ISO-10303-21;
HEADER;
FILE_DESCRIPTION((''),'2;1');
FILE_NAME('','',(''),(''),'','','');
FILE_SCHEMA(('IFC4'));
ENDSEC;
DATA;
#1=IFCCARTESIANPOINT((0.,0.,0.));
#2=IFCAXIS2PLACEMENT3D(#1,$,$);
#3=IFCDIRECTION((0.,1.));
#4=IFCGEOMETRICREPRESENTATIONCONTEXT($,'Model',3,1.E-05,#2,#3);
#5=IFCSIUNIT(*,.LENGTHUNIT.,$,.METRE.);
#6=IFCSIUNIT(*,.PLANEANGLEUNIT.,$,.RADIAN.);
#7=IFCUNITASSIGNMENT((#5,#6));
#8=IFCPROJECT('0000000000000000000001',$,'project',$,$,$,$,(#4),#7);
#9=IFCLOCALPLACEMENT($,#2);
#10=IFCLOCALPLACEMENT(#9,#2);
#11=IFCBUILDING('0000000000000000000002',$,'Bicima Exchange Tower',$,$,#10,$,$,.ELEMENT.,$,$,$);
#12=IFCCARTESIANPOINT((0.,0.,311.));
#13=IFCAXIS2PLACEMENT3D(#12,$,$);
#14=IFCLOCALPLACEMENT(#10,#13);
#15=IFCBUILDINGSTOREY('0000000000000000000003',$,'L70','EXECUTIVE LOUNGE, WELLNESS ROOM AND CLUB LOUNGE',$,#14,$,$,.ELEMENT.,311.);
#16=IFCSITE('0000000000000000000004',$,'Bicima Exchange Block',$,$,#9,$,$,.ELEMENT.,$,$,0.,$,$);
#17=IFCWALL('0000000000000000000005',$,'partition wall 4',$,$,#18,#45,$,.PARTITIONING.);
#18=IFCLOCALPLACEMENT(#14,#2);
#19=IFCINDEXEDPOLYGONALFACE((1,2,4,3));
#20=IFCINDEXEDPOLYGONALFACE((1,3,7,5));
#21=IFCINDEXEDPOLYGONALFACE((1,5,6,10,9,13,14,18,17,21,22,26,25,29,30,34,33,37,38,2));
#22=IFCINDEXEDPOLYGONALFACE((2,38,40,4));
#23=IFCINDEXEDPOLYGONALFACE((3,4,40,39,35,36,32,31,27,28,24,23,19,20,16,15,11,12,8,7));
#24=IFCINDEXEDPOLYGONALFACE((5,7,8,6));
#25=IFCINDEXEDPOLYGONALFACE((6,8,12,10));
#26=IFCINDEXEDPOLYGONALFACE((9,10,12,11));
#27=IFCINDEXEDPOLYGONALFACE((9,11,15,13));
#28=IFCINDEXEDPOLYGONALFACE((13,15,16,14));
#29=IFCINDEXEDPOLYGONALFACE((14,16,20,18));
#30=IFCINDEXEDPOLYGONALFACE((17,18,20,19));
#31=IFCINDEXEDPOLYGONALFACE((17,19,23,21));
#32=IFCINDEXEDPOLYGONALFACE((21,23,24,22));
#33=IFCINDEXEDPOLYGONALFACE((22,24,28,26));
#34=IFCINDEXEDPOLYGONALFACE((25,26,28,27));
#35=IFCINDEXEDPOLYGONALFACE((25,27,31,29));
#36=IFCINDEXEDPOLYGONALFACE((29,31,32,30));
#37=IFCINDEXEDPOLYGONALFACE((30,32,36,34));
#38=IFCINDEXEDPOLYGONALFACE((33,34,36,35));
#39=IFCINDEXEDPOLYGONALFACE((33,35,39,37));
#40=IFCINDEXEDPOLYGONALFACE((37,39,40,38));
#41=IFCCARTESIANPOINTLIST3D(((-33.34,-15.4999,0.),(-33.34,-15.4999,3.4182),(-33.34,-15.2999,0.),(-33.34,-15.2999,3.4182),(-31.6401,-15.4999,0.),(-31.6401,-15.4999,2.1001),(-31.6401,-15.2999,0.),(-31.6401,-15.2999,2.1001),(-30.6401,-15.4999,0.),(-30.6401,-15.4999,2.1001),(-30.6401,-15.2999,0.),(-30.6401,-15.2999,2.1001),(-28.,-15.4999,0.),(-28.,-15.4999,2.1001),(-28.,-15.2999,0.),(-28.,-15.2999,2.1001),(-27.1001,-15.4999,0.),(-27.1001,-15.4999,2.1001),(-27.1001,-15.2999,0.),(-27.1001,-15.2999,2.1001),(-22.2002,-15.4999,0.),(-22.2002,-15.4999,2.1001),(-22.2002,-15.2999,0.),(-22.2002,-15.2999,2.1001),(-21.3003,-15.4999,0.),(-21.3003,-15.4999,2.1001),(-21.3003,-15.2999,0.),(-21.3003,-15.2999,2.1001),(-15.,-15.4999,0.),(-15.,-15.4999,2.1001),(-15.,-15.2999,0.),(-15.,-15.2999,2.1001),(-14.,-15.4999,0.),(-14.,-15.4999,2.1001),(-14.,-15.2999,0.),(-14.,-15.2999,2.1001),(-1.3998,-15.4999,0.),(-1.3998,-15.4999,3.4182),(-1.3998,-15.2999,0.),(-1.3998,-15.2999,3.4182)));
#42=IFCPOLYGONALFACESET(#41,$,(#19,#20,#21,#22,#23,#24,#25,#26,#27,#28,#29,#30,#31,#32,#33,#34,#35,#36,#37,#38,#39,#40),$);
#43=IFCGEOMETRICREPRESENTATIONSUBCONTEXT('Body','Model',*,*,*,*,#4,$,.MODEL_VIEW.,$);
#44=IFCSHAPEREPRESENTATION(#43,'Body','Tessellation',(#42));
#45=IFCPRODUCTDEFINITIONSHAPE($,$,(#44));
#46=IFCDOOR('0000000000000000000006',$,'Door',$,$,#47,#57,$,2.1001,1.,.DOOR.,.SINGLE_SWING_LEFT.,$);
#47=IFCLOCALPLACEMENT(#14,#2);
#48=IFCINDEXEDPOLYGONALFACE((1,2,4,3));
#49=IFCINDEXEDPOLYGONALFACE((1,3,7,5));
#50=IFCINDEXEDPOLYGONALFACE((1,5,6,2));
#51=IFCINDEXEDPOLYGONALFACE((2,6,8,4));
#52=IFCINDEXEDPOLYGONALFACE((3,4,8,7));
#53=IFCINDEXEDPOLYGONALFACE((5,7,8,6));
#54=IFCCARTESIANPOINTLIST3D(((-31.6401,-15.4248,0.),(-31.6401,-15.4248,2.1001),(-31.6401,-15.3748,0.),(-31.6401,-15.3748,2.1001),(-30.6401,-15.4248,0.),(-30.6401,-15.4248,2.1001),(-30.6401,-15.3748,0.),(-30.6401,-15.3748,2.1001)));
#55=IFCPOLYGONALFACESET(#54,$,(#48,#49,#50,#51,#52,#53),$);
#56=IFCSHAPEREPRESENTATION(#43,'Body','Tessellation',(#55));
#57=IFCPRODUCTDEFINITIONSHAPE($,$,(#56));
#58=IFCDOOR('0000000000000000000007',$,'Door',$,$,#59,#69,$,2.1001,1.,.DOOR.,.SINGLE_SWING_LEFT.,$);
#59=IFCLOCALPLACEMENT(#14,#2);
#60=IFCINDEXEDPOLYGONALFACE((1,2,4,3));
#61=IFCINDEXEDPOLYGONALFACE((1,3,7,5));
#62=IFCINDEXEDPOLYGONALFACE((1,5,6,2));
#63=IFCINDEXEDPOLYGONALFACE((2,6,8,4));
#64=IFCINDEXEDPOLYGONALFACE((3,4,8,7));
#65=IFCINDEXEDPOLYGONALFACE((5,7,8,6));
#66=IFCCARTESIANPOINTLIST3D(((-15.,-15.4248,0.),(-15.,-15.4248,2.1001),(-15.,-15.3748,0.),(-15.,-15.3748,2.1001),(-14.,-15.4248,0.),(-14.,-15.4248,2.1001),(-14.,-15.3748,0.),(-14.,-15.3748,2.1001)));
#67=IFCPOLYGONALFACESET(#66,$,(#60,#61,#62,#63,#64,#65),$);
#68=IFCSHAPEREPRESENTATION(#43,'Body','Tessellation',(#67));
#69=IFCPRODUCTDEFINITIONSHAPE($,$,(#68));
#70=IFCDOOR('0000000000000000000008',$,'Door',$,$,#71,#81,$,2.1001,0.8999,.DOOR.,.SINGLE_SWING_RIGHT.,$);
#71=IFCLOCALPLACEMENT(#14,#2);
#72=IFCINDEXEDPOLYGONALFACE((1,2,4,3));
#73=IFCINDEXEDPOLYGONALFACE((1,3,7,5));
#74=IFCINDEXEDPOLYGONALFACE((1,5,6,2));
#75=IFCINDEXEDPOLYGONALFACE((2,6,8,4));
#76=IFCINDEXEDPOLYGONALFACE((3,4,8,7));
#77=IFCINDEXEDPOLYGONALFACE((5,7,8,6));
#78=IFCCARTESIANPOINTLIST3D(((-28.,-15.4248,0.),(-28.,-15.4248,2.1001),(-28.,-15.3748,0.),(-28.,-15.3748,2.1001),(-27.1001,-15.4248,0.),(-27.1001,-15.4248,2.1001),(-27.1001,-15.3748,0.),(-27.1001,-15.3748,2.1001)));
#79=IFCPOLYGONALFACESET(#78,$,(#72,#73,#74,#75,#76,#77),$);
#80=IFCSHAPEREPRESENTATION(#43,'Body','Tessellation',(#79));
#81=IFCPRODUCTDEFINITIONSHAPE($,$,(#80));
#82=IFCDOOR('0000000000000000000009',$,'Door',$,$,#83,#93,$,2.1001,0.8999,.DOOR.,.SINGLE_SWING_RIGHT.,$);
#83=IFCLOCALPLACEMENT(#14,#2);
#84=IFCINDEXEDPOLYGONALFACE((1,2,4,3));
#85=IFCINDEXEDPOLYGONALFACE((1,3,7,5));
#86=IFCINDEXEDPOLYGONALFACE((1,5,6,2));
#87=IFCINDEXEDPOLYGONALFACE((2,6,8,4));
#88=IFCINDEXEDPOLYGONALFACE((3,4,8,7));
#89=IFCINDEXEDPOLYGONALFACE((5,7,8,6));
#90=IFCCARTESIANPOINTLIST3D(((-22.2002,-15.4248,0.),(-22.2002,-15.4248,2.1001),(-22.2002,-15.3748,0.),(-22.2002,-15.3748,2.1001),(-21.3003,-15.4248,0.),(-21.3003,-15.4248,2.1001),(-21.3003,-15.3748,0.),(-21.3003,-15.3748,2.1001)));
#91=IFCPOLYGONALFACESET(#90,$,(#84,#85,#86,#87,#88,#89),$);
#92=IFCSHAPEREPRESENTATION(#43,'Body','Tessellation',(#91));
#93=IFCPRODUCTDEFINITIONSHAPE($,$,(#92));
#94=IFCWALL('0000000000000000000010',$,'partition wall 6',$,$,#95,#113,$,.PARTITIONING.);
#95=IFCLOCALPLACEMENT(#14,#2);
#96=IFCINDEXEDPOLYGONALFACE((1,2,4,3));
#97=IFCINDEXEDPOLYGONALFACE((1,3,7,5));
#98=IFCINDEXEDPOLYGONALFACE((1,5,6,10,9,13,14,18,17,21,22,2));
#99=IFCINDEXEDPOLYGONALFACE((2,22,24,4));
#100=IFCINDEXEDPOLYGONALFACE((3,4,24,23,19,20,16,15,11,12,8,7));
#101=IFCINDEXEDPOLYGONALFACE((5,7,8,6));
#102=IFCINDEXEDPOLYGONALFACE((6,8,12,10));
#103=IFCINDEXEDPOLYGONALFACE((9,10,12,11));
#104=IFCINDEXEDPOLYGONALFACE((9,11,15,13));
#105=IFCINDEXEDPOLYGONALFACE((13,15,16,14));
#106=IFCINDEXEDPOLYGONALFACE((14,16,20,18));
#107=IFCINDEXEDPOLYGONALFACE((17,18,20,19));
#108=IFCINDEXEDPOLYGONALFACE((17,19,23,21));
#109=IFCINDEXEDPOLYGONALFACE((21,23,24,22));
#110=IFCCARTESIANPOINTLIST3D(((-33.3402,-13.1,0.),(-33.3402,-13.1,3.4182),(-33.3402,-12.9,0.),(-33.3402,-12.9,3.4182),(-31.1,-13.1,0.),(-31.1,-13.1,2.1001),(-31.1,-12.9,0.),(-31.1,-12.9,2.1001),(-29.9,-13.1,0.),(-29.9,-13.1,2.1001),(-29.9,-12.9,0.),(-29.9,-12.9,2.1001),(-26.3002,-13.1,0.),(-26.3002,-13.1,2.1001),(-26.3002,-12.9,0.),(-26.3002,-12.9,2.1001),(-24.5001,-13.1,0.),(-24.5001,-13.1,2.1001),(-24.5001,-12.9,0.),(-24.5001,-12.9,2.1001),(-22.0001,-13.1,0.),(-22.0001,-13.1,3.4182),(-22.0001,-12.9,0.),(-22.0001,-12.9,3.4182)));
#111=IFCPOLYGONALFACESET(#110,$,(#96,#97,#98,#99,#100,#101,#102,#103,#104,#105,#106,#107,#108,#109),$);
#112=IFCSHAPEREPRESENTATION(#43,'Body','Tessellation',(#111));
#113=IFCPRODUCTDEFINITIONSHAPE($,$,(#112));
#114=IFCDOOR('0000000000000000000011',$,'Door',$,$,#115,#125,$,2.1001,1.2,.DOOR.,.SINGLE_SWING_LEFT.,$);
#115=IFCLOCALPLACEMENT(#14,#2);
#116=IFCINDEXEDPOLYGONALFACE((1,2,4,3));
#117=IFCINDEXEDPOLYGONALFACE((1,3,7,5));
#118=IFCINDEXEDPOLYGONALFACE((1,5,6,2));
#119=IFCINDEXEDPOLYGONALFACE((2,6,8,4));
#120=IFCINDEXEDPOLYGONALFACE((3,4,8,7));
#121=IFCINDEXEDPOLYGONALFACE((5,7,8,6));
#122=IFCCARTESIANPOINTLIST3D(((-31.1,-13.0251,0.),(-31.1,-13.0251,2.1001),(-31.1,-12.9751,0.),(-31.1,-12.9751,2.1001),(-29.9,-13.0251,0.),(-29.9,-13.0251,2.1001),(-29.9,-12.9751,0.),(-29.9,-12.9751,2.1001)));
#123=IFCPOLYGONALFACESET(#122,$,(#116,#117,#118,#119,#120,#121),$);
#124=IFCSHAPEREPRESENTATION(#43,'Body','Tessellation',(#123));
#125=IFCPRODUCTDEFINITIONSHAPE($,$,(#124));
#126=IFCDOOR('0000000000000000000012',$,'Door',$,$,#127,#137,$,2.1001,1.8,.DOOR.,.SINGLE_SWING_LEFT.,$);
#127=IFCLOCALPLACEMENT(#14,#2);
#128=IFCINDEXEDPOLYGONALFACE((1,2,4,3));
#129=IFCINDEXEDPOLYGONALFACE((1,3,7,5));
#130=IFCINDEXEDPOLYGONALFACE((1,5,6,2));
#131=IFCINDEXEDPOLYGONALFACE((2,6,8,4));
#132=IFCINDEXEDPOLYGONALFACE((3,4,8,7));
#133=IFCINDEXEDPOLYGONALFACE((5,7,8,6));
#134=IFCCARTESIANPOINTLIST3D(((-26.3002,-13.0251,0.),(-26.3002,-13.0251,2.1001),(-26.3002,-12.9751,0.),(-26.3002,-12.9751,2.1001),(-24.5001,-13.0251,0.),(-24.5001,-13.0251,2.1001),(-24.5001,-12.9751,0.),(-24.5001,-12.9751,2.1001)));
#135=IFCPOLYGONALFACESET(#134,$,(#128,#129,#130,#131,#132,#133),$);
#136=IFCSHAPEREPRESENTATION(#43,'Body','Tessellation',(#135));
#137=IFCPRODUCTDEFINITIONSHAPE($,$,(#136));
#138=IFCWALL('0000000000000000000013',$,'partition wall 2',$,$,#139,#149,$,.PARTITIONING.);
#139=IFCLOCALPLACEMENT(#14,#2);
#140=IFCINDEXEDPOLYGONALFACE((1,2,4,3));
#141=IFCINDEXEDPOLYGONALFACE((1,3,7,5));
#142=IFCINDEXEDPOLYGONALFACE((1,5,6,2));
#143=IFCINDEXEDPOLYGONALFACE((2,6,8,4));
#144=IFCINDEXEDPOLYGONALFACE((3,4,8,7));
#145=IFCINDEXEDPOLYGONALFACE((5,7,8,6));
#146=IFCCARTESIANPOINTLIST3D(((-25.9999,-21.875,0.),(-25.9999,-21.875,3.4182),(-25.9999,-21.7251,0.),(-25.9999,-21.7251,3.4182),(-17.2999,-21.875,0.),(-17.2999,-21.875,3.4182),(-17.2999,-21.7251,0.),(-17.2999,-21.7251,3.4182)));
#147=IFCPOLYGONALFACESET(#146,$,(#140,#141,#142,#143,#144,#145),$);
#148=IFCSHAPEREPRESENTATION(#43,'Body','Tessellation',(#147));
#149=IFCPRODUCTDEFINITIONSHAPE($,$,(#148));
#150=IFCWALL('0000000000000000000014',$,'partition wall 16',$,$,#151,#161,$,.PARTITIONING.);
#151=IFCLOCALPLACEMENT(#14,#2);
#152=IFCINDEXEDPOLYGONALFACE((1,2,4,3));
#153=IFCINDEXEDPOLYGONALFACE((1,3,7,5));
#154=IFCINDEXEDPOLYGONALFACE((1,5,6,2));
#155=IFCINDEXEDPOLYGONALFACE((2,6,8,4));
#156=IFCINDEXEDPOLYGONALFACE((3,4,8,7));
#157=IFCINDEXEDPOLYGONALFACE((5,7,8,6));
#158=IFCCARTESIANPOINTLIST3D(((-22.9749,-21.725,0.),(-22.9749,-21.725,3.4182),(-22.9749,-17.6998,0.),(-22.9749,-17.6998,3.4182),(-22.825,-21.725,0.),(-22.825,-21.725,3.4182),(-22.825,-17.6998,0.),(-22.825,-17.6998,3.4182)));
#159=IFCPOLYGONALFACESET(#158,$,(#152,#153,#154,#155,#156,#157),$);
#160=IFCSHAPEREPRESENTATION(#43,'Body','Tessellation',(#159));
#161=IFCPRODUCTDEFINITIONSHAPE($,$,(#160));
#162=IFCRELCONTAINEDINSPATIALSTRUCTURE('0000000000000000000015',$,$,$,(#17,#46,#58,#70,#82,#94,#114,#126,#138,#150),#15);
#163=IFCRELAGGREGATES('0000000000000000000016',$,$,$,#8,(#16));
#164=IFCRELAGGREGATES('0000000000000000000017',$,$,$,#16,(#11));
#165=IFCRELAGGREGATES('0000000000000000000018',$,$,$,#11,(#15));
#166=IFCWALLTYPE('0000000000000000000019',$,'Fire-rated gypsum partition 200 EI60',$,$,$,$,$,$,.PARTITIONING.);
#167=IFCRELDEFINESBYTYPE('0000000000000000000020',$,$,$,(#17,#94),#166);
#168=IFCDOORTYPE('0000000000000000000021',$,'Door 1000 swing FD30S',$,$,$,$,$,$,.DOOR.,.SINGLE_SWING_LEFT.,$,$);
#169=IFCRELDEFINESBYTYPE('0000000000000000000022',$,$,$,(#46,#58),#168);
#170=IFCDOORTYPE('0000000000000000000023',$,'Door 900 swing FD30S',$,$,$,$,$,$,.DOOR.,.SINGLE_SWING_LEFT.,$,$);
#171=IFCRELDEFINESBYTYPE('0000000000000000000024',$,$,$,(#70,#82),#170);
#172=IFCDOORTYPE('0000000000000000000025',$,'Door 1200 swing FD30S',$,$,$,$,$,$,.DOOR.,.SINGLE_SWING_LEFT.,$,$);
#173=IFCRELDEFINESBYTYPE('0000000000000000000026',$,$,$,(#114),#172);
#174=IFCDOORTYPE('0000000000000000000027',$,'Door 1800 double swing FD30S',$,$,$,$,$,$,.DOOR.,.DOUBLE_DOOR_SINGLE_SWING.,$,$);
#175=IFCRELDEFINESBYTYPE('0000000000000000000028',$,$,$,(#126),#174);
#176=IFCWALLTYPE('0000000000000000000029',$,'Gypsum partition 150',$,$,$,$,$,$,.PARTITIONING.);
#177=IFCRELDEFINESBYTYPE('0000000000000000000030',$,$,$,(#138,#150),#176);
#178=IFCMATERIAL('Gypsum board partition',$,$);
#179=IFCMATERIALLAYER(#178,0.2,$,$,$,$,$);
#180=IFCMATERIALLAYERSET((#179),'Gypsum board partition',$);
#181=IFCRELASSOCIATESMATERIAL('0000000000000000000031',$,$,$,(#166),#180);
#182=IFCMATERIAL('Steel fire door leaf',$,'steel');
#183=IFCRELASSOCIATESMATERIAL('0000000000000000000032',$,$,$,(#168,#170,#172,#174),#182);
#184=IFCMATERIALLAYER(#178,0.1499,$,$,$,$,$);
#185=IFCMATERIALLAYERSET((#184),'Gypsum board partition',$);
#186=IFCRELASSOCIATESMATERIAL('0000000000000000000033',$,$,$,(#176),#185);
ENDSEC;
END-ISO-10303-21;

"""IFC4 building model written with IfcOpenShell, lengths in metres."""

from ifc_helpers import new_model, si_unit, direction, frame, frame_2d, origin, place, context, subcontext, project, spatial, rectangle, extrude, material, layer, layer_set, type_object, element, fill, save


model = new_model("IFC4")

# Units and contexts
model_context = context("Model", 3, precision=1e-05, world=origin(), true_north=direction((0.0, 1.0)))
body_context = subcontext(model_context, "Body", "Model", "MODEL_VIEW")
ifc_project = project(units=[si_unit("LENGTHUNIT", "METRE"), si_unit("PLANEANGLEUNIT", "RADIAN")], contexts=[model_context])

# Site, building, storey
site_placement = place(None, origin())
site = spatial("IfcSite", under=ifc_project, at=site_placement, Name="Bicima Exchange Block", CompositionType="ELEMENT", RefElevation=0.0)
building_placement = place(site_placement, origin())
building = spatial("IfcBuilding", under=site, at=building_placement, Name="Bicima Exchange Tower", CompositionType="ELEMENT")
storey_placement = place(building_placement, frame((0.0, 0.0, 311.0)))
storey = spatial("IfcBuildingStorey", under=building, at=storey_placement, Name="L70", Description="EXECUTIVE LOUNGE, WELLNESS ROOM AND CLUB LOUNGE", CompositionType="ELEMENT", Elevation=311.0)

# Walls, openings, doors
ifc_material_1 = material(Name="Gypsum board partition")
ifc_layer_1 = layer(ifc_material_1, 0.2)
ifc_layer_set_1 = layer_set([ifc_layer_1], Name="Gypsum board partition")
wall_type_1 = type_object("IfcWallType", Name="Fire-rated gypsum partition 200 EI60", PredefinedType="PARTITIONING", material=ifc_layer_set_1)
ifc_material_2 = material(Name="Steel fire door leaf", Category="steel")
door_type_1 = type_object("IfcDoorType", Name="Door 1000 swing FD30S", OperationType="SINGLE_SWING_LEFT", PredefinedType="DOOR", material=ifc_material_2)
door_type_2 = type_object("IfcDoorType", Name="Door 900 swing FD30S", OperationType="SINGLE_SWING_LEFT", PredefinedType="DOOR", material=ifc_material_2)
wall_1_placement = place(storey_placement, frame((-33.3401, -15.3999, 0.0), z_axis=(0.0, 0.0, 1.0), x_axis=(1.0, 0.0, 0.0)))
wall_1 = element("IfcWall", 1, at=wall_1_placement, inside=storey, type_object=wall_type_1, Name="partition wall 4", PredefinedType="PARTITIONING", context=body_context, shape_type="SweptSolid", body=[
    extrude(rectangle(XDim=31.9402, YDim=0.2, at=frame_2d((15.9702, 0.0))), origin(), (0.0, 0.0, 1.0), 3.4182),
])
opening_1_placement = place(wall_1_placement, frame((1.7, 0.0, 0.0)))
opening_1 = element("IfcOpeningElement", 2, at=opening_1_placement, cuts=wall_1, PredefinedType="OPENING", context=body_context, shape_type="SweptSolid", body=[
    extrude(rectangle(XDim=1.0, YDim=2.1001, at=frame_2d((0.5, 1.05))), frame((0.0, 0.1118, 0.0), z_axis=(0.0, -1.0, 0.0), x_axis=(1.0, 0.0, 0.0)), (0.0, 0.0, 1.0), 0.2239),
])
opening_2_placement = place(wall_1_placement, frame((5.3401, 0.0, 0.0)))
opening_2 = element("IfcOpeningElement", 3, at=opening_2_placement, cuts=wall_1, PredefinedType="OPENING", context=body_context, shape_type="SweptSolid", body=[
    extrude(rectangle(XDim=0.8999, YDim=2.1001, at=frame_2d((0.45, 1.05))), frame((0.0, 0.1118, 0.0), z_axis=(0.0, -1.0, 0.0), x_axis=(1.0, 0.0, 0.0)), (0.0, 0.0, 1.0), 0.2239),
])
opening_3_placement = place(wall_1_placement, frame((11.1399, 0.0, 0.0)))
opening_3 = element("IfcOpeningElement", 4, at=opening_3_placement, cuts=wall_1, PredefinedType="OPENING", context=body_context, shape_type="SweptSolid", body=[
    extrude(rectangle(XDim=0.8999, YDim=2.1001, at=frame_2d((0.45, 1.05))), frame((0.0, 0.1118, 0.0), z_axis=(0.0, -1.0, 0.0), x_axis=(1.0, 0.0, 0.0)), (0.0, 0.0, 1.0), 0.2239),
])
opening_4_placement = place(wall_1_placement, frame((18.3401, 0.0, 0.0)))
opening_4 = element("IfcOpeningElement", 5, at=opening_4_placement, cuts=wall_1, PredefinedType="OPENING", context=body_context, shape_type="SweptSolid", body=[
    extrude(rectangle(XDim=1.0, YDim=2.1001, at=frame_2d((0.5, 1.05))), frame((0.0, 0.1118, 0.0), z_axis=(0.0, -1.0, 0.0), x_axis=(1.0, 0.0, 0.0)), (0.0, 0.0, 1.0), 0.2239),
])
door_1_placement = place(opening_1_placement, frame((1.0, 0.0, 0.0), z_axis=(0.0, 0.0, 1.0), x_axis=(-1.0, 0.0, 0.0)))
door_1 = element("IfcDoor", 6, at=door_1_placement, inside=storey, type_object=door_type_1, Name="Door", OperationType="SINGLE_SWING_LEFT", OverallHeight=2.1001, OverallWidth=1.0, PredefinedType="DOOR", context=body_context, shape_type="SweptSolid", body=[
    extrude(rectangle(XDim=1.0, YDim=2.1001, at=frame_2d((0.5, 1.05))), frame((0.0, 0.0249, 0.0), z_axis=(0.0, -1.0, 0.0), x_axis=(1.0, 0.0, 0.0)), (0.0, 0.0, 1.0), 0.05),
])
fill(opening_1, door_1)
door_2_placement = place(opening_4_placement, frame((1.0, 0.0, 0.0), z_axis=(0.0, 0.0, 1.0), x_axis=(-1.0, 0.0, 0.0)))
door_2 = element("IfcDoor", 7, at=door_2_placement, inside=storey, type_object=door_type_1, Name="Door", OperationType="SINGLE_SWING_LEFT", OverallHeight=2.1001, OverallWidth=1.0, PredefinedType="DOOR", context=body_context, shape_type="SweptSolid", body=[
    extrude(rectangle(XDim=1.0, YDim=2.1001, at=frame_2d((0.5, 1.05))), frame((0.0, 0.0249, 0.0), z_axis=(0.0, -1.0, 0.0), x_axis=(1.0, 0.0, 0.0)), (0.0, 0.0, 1.0), 0.05),
])
fill(opening_4, door_2)
door_3_placement = place(opening_2_placement, frame((0.8999, 0.0, 0.0), z_axis=(0.0, 0.0, 1.0), x_axis=(-1.0, 0.0, 0.0)))
door_3 = element("IfcDoor", 8, at=door_3_placement, inside=storey, type_object=door_type_2, Name="Door", OperationType="SINGLE_SWING_RIGHT", OverallHeight=2.1001, OverallWidth=0.8999, PredefinedType="DOOR", context=body_context, shape_type="SweptSolid", body=[
    extrude(rectangle(XDim=0.8999, YDim=2.1001, at=frame_2d((0.45, 1.05))), frame((0.0, 0.0249, 0.0), z_axis=(0.0, -1.0, 0.0), x_axis=(1.0, 0.0, 0.0)), (0.0, 0.0, 1.0), 0.05),
])
fill(opening_2, door_3)
door_4_placement = place(opening_3_placement, frame((0.8999, 0.0, 0.0), z_axis=(0.0, 0.0, 1.0), x_axis=(-1.0, 0.0, 0.0)))
door_4 = element("IfcDoor", 9, at=door_4_placement, inside=storey, type_object=door_type_2, Name="Door", OperationType="SINGLE_SWING_RIGHT", OverallHeight=2.1001, OverallWidth=0.8999, PredefinedType="DOOR", context=body_context, shape_type="SweptSolid", body=[
    extrude(rectangle(XDim=0.8999, YDim=2.1001, at=frame_2d((0.45, 1.05))), frame((0.0, 0.0249, 0.0), z_axis=(0.0, -1.0, 0.0), x_axis=(1.0, 0.0, 0.0)), (0.0, 0.0, 1.0), 0.05),
])
fill(opening_3, door_4)
wall_2_placement = place(storey_placement, frame((-33.3401, -13.0, 0.0), z_axis=(0.0, 0.0, 1.0), x_axis=(1.0, 0.0, 0.0)))
wall_2 = element("IfcWall", 10, at=wall_2_placement, inside=storey, type_object=wall_type_1, Name="partition wall 6", PredefinedType="PARTITIONING", context=body_context, shape_type="SweptSolid", body=[
    extrude(rectangle(XDim=11.3401, YDim=0.2, at=frame_2d((5.6699, 0.0))), origin(), (0.0, 0.0, 1.0), 3.4182),
])
opening_5_placement = place(wall_2_placement, frame((2.24, 0.0, 0.0)))
opening_5 = element("IfcOpeningElement", 11, at=opening_5_placement, cuts=wall_2, PredefinedType="OPENING", context=body_context, shape_type="SweptSolid", body=[
    extrude(rectangle(XDim=1.2, YDim=2.1001, at=frame_2d((0.6001, 1.05))), frame((0.0, 0.1118, 0.0), z_axis=(0.0, -1.0, 0.0), x_axis=(1.0, 0.0, 0.0)), (0.0, 0.0, 1.0), 0.2239),
])
opening_6_placement = place(wall_2_placement, frame((7.04, 0.0, 0.0)))
opening_6 = element("IfcOpeningElement", 12, at=opening_6_placement, cuts=wall_2, PredefinedType="OPENING", context=body_context, shape_type="SweptSolid", body=[
    extrude(rectangle(XDim=1.8, YDim=2.1001, at=frame_2d((0.8999, 1.05))), frame((0.0, 0.1118, 0.0), z_axis=(0.0, -1.0, 0.0), x_axis=(1.0, 0.0, 0.0)), (0.0, 0.0, 1.0), 0.2239),
])
door_type_3 = type_object("IfcDoorType", Name="Door 1200 swing FD30S", OperationType="SINGLE_SWING_LEFT", PredefinedType="DOOR", material=ifc_material_2)
door_5_placement = place(opening_5_placement, origin())
door_5 = element("IfcDoor", 13, at=door_5_placement, inside=storey, type_object=door_type_3, Name="Door", OperationType="SINGLE_SWING_LEFT", OverallHeight=2.1001, OverallWidth=1.2, PredefinedType="DOOR", context=body_context, shape_type="SweptSolid", body=[
    extrude(rectangle(XDim=1.2, YDim=2.1001, at=frame_2d((0.6001, 1.05))), frame((0.0, 0.0249, 0.0), z_axis=(0.0, -1.0, 0.0), x_axis=(1.0, 0.0, 0.0)), (0.0, 0.0, 1.0), 0.05),
])
fill(opening_5, door_5)
door_type_4 = type_object("IfcDoorType", Name="Door 1800 double swing FD30S", OperationType="DOUBLE_DOOR_SINGLE_SWING", PredefinedType="DOOR", material=ifc_material_2)
door_6_placement = place(opening_6_placement, origin())
door_6 = element("IfcDoor", 14, at=door_6_placement, inside=storey, type_object=door_type_4, Name="Door", OperationType="SINGLE_SWING_LEFT", OverallHeight=2.1001, OverallWidth=1.8, PredefinedType="DOOR", context=body_context, shape_type="SweptSolid", body=[
    extrude(rectangle(XDim=1.8, YDim=2.1001, at=frame_2d((0.8999, 1.05))), frame((0.0, 0.0249, 0.0), z_axis=(0.0, -1.0, 0.0), x_axis=(1.0, 0.0, 0.0)), (0.0, 0.0, 1.0), 0.05),
])
fill(opening_6, door_6)

# Walls
ifc_layer_2 = layer(ifc_material_1, 0.1499)
ifc_layer_set_2 = layer_set([ifc_layer_2], Name="Gypsum board partition")
wall_type_2 = type_object("IfcWallType", Name="Gypsum partition 150", PredefinedType="PARTITIONING", material=ifc_layer_set_2)
wall_3_placement = place(storey_placement, frame((-26.0, -21.8, 0.0), z_axis=(0.0, 0.0, 1.0), x_axis=(1.0, 0.0, 0.0)))
element("IfcWall", 15, at=wall_3_placement, inside=storey, type_object=wall_type_2, Name="partition wall 2", PredefinedType="PARTITIONING", context=body_context, shape_type="SweptSolid", body=[
    extrude(rectangle(XDim=8.7, YDim=0.1499, at=frame_2d((4.3501, 0.0))), origin(), (0.0, 0.0, 1.0), 3.4182),
])
wall_4_placement = place(storey_placement, frame((-22.8999, -21.7251, 0.0), z_axis=(0.0, 0.0, 1.0), x_axis=(0.0, 1.0, 0.0)))
element("IfcWall", 16, at=wall_4_placement, inside=storey, type_object=wall_type_2, Name="partition wall 16", PredefinedType="PARTITIONING", context=body_context, shape_type="SweptSolid", body=[
    extrude(rectangle(XDim=4.0251, YDim=0.1499, at=frame_2d((2.0127, 0.0))), origin(), (0.0, 0.0, 1.0), 3.4182),
])

save(model, "model.ifc")
